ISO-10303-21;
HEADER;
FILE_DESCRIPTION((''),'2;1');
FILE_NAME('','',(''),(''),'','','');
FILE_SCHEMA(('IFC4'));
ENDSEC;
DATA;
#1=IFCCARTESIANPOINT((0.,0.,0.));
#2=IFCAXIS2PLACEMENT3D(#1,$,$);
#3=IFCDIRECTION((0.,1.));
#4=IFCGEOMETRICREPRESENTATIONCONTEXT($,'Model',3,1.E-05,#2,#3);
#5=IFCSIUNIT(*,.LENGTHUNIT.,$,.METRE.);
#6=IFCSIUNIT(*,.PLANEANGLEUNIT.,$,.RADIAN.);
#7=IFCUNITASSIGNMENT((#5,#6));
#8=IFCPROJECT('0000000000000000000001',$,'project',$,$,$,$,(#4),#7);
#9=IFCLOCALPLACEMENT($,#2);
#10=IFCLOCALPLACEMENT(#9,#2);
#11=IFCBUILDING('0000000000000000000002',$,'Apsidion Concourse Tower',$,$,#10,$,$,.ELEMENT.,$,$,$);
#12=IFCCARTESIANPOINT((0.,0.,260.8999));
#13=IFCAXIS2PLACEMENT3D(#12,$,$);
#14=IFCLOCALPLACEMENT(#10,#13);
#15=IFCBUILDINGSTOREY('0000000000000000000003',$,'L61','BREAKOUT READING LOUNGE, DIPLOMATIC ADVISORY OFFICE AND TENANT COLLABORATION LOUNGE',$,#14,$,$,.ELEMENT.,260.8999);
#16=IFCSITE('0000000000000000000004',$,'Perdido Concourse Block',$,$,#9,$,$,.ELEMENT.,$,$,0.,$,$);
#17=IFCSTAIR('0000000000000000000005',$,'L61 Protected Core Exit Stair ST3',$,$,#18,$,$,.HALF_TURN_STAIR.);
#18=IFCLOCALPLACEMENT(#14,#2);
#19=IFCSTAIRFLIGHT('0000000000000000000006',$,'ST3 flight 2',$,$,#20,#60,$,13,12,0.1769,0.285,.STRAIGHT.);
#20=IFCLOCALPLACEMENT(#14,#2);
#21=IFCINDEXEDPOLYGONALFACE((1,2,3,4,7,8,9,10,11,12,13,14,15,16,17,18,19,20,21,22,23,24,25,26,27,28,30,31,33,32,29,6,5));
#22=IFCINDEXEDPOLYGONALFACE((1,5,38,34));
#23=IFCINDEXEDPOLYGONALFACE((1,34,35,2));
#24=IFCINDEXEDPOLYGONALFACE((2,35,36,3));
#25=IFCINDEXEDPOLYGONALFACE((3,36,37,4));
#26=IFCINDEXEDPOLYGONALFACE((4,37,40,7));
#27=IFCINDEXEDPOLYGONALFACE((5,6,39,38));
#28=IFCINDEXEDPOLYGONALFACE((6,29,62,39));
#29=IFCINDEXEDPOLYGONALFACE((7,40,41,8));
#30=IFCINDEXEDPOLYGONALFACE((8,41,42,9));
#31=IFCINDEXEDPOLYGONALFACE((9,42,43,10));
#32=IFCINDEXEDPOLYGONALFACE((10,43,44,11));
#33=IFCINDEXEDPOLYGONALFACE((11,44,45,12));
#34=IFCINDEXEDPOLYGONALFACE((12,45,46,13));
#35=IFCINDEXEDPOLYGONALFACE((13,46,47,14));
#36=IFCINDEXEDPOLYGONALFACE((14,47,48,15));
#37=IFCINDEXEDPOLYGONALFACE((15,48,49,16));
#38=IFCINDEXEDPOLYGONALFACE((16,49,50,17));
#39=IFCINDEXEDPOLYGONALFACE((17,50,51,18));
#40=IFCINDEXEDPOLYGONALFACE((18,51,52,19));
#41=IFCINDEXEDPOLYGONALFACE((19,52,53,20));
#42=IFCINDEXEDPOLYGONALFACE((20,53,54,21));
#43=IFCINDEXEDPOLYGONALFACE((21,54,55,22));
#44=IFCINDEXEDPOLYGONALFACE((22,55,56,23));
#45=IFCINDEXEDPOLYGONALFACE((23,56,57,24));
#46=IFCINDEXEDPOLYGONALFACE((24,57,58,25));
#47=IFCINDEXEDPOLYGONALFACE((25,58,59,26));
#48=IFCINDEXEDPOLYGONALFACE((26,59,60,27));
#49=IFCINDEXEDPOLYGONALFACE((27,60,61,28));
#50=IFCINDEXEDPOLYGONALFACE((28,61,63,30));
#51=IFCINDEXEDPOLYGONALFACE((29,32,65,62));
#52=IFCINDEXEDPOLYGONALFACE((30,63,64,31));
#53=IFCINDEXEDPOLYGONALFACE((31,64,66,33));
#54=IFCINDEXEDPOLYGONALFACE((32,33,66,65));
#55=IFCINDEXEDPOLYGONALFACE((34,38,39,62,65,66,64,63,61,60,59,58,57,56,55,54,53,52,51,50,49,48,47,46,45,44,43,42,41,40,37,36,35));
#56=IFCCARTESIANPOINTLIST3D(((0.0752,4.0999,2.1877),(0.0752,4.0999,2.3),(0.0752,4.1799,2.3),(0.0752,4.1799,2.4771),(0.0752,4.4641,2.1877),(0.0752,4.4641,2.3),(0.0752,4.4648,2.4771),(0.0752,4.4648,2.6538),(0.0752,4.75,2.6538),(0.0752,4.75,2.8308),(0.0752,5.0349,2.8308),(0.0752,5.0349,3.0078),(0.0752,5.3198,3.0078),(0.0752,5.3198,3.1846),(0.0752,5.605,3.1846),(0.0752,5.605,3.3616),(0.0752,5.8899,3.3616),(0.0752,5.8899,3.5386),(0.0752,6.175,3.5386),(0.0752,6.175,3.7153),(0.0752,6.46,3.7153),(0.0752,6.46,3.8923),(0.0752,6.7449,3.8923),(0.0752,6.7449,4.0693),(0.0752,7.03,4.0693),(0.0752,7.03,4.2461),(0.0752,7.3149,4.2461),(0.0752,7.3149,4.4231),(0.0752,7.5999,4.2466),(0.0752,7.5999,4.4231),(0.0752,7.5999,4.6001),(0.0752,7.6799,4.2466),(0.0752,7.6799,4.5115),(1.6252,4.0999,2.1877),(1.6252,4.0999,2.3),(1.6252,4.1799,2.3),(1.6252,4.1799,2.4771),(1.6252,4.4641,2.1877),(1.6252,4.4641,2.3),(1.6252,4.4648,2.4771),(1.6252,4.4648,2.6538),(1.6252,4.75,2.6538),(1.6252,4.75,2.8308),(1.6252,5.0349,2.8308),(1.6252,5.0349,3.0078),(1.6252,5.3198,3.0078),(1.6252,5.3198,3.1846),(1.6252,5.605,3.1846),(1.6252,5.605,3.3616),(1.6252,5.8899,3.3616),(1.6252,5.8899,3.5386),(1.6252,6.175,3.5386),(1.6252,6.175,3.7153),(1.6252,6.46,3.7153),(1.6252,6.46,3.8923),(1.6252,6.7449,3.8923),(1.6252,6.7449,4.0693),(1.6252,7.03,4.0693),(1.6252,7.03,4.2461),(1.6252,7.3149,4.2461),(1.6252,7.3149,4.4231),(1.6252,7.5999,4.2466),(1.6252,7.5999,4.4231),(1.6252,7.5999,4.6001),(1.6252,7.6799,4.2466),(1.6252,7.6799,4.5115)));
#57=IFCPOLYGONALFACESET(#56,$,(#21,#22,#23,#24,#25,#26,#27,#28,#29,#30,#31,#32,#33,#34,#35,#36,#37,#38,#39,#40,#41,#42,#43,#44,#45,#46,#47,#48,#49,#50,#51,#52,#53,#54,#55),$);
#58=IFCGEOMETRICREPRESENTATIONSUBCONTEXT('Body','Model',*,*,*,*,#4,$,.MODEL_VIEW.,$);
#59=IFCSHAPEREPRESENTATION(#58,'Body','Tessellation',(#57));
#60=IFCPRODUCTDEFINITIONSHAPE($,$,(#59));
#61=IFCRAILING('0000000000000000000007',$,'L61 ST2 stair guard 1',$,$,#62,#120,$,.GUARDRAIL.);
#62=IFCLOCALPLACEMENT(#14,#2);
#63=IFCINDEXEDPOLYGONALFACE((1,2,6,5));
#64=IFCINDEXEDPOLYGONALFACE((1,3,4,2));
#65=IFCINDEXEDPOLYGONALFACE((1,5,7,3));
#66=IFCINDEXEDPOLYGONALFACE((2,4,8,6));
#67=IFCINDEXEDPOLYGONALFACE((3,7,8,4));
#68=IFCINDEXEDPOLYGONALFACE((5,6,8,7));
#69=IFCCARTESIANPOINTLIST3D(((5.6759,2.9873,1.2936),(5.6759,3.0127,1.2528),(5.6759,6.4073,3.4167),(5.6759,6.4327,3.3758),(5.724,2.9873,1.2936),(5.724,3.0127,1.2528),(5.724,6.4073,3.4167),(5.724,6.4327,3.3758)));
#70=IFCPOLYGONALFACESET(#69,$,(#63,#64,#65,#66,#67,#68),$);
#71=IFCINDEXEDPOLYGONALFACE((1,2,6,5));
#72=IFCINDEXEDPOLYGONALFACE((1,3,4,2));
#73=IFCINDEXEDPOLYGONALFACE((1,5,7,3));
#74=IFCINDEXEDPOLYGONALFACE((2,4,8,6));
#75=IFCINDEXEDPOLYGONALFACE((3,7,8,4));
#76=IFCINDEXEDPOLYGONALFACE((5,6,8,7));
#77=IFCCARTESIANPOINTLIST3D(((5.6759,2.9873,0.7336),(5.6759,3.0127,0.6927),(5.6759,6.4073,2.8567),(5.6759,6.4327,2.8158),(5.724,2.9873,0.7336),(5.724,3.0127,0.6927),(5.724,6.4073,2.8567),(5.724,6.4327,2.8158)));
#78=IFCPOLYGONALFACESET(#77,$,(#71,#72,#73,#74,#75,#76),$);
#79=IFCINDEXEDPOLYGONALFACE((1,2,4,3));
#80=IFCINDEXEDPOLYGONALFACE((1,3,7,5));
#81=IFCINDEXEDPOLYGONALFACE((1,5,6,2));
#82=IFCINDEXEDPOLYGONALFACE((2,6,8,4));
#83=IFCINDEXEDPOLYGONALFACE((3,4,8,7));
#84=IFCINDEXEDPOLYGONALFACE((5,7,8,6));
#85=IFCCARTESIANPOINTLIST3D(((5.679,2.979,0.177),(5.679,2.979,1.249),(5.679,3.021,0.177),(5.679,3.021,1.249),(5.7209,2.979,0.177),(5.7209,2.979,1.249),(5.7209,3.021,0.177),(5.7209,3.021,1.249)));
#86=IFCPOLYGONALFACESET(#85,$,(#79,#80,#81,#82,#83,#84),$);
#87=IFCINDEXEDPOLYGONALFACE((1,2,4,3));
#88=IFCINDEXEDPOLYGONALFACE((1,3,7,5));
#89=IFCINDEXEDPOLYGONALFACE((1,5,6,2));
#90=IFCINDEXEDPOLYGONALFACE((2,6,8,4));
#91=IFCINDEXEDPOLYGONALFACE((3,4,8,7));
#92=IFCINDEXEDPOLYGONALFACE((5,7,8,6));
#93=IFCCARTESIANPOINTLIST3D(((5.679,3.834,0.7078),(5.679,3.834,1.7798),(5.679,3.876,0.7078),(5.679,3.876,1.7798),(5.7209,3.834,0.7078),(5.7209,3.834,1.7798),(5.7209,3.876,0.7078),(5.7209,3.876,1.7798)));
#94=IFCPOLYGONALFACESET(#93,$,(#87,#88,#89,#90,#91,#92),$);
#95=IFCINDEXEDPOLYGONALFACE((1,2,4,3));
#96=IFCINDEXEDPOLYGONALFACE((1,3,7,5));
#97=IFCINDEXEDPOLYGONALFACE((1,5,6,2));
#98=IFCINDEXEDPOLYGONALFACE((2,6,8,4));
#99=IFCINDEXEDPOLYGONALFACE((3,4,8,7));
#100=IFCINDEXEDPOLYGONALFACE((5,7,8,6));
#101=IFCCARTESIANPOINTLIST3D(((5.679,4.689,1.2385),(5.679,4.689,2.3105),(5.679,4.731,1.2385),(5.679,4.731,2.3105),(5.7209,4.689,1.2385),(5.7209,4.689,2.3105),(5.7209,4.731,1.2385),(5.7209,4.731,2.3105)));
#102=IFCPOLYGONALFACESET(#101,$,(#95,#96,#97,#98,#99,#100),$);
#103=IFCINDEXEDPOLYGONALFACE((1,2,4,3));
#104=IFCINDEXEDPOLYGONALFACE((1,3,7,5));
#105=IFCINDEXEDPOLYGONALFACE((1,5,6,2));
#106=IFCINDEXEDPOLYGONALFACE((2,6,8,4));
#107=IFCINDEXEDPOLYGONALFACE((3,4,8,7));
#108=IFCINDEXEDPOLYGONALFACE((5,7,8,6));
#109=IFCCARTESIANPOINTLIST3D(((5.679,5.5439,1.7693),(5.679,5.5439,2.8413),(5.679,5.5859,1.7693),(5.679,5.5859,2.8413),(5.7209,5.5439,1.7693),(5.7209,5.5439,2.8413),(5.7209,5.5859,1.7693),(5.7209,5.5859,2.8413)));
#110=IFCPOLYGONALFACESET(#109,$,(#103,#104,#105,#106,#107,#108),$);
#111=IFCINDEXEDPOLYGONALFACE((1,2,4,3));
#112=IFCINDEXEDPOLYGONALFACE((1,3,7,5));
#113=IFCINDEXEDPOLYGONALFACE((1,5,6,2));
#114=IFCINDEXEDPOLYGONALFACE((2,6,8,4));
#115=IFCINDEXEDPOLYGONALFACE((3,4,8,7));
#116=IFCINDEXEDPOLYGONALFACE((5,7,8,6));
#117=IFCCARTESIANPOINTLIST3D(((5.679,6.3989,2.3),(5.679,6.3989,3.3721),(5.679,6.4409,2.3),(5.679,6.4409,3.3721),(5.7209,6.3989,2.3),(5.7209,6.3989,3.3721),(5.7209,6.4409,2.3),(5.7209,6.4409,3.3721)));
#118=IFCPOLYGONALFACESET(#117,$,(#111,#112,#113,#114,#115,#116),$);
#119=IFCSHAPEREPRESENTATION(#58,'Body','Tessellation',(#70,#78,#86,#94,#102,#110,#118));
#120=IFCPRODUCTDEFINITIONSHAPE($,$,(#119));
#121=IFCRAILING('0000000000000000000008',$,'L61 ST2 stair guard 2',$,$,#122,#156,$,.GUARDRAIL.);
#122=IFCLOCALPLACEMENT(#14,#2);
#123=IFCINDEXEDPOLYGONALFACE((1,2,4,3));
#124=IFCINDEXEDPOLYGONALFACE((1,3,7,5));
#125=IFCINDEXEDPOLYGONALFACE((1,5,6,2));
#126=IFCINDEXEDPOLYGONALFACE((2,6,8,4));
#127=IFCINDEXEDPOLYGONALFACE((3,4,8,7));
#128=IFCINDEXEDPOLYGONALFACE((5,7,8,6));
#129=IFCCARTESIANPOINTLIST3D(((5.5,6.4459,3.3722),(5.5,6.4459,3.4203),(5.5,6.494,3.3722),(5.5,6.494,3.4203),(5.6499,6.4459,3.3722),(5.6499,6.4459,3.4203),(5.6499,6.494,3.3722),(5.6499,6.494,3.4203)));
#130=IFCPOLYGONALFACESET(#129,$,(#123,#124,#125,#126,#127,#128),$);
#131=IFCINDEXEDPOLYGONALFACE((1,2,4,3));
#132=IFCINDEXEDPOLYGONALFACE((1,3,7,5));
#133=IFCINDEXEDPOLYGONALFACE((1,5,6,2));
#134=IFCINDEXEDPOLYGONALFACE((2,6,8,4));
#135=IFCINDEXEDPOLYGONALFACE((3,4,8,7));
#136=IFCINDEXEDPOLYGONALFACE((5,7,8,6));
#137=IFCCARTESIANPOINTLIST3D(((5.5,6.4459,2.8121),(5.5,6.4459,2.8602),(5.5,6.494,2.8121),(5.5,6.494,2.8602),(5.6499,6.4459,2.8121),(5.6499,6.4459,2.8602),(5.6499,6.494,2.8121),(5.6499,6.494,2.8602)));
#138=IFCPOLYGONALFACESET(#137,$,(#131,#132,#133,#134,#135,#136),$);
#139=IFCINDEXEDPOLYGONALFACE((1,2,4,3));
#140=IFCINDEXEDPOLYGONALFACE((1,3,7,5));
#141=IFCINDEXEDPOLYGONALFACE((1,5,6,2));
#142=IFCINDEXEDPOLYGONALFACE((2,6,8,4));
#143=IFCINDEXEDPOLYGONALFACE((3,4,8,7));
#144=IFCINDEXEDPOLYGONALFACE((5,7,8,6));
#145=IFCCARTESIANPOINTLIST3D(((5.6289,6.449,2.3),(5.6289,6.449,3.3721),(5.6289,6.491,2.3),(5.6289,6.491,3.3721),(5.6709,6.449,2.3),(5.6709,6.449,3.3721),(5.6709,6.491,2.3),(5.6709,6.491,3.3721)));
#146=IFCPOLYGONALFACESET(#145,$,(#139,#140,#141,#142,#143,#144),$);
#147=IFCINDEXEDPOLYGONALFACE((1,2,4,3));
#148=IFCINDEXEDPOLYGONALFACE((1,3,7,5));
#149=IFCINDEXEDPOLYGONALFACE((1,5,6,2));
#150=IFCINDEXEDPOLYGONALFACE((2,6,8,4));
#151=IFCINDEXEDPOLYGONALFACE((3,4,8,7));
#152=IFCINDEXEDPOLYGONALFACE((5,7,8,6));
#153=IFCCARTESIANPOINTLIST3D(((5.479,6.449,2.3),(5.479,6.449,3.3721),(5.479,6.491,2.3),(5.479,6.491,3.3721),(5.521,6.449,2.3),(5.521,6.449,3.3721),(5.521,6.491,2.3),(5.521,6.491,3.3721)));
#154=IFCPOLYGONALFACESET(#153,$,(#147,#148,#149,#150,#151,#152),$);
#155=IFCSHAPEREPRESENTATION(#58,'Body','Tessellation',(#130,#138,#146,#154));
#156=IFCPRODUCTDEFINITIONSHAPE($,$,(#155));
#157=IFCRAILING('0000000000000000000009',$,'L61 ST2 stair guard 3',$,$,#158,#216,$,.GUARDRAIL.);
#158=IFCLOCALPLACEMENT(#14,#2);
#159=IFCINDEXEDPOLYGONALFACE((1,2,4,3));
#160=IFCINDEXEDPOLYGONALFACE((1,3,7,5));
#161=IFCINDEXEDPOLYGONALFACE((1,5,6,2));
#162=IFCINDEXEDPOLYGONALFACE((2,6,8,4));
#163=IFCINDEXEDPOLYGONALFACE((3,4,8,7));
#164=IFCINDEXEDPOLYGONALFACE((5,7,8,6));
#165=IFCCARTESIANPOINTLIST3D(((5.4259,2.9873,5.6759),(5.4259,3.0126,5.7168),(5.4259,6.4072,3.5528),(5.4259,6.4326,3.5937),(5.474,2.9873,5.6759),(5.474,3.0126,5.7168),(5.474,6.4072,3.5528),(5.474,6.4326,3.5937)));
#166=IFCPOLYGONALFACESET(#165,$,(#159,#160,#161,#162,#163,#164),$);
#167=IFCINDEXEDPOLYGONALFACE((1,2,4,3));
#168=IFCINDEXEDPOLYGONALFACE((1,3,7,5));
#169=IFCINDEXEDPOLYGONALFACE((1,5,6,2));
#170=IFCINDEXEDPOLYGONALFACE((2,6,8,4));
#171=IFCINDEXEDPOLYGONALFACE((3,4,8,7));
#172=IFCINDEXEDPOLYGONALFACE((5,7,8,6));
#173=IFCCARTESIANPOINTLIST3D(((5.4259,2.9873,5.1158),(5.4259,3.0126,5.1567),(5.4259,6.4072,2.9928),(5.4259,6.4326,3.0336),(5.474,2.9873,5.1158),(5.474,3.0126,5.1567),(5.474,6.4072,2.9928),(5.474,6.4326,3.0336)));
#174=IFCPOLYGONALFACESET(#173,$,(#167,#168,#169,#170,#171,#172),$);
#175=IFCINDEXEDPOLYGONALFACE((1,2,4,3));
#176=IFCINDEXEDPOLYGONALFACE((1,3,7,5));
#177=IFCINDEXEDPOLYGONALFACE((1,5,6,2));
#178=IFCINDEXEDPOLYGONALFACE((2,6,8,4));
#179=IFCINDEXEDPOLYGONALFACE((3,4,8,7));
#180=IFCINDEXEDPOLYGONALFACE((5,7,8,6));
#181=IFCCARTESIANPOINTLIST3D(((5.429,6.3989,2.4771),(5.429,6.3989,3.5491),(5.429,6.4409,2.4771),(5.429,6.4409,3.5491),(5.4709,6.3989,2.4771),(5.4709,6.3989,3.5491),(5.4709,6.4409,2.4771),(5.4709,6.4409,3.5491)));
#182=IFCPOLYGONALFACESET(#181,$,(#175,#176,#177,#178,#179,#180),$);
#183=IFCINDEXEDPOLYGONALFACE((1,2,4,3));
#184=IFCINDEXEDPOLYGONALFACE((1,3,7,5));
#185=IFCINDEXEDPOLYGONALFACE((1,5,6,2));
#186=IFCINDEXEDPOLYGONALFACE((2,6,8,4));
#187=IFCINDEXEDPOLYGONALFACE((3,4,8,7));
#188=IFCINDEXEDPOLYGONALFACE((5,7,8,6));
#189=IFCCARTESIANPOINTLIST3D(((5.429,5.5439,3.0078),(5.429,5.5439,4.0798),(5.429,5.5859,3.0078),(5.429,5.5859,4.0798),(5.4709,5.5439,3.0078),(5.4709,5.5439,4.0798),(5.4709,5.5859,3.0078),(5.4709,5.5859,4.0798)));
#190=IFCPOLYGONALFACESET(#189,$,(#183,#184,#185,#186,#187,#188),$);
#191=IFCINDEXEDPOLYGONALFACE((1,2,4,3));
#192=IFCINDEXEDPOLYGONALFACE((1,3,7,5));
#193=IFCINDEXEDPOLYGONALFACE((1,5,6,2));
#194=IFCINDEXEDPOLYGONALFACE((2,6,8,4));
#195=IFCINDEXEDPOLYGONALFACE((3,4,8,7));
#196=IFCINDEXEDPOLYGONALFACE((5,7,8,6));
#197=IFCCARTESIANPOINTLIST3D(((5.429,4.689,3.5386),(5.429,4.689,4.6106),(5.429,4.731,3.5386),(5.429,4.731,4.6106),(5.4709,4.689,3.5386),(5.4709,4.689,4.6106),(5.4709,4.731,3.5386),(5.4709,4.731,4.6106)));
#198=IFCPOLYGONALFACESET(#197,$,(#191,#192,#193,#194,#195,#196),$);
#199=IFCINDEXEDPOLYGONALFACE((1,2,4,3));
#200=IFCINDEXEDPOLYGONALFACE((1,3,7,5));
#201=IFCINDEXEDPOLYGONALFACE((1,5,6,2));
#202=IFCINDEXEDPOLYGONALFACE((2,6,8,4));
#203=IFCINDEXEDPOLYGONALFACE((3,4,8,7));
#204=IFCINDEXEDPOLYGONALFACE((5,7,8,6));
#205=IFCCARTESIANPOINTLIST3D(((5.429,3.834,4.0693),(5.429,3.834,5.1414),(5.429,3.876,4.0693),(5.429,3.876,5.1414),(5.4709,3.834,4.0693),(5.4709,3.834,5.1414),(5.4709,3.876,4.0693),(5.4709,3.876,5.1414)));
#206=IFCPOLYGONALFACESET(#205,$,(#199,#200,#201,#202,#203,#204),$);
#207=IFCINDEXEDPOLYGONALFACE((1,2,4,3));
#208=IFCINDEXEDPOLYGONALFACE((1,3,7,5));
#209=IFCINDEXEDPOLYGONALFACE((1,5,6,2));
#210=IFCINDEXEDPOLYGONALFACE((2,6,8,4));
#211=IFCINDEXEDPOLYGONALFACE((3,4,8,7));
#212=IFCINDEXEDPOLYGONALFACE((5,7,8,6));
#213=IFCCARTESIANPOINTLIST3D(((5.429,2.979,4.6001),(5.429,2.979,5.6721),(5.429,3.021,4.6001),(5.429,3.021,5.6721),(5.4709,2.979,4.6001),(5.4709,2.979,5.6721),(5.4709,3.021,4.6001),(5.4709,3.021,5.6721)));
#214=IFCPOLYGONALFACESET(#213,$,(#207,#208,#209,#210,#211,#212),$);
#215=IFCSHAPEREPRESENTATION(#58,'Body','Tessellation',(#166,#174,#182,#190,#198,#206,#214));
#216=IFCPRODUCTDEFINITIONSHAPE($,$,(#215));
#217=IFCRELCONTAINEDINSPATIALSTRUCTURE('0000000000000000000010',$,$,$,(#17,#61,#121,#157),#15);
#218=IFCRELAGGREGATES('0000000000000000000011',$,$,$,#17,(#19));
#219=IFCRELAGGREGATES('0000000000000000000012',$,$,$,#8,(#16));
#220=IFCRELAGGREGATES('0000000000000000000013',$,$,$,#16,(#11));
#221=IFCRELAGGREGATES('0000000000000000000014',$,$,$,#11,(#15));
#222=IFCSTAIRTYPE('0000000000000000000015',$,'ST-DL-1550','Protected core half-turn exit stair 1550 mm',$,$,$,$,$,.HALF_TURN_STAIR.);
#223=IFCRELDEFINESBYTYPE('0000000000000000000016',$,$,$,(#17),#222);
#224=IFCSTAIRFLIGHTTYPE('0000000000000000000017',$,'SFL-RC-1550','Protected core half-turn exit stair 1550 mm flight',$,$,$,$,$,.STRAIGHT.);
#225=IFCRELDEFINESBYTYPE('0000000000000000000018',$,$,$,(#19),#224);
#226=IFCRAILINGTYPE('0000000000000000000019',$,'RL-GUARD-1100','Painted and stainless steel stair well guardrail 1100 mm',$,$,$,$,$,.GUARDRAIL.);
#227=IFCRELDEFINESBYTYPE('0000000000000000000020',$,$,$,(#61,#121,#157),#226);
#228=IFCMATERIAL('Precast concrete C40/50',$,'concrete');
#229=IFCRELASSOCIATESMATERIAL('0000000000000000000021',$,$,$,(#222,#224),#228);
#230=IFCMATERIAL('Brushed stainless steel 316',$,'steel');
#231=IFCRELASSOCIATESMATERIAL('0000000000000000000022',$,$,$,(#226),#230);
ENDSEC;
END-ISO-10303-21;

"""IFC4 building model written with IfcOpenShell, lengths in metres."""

from ifc_helpers import new_model, si_unit, direction, frame, origin, origin_2d, place, context, subcontext, project, spatial, polyline, rectangle, outline, extrude, material, type_object, element, aggregate, save


model = new_model("IFC4")

# Units and contexts
model_context = context("Model", 3, precision=1e-05, world=origin(), true_north=direction((0.0, 1.0)))
body_context = subcontext(model_context, "Body", "Model", "MODEL_VIEW")
ifc_project = project(units=[si_unit("LENGTHUNIT", "METRE"), si_unit("PLANEANGLEUNIT", "RADIAN")], contexts=[model_context])

# Site, building, storey
site_placement = place(None, origin())
site = spatial("IfcSite", under=ifc_project, at=site_placement, Name="Perdido Concourse Block", CompositionType="ELEMENT", RefElevation=0.0)
building_placement = place(site_placement, origin())
building = spatial("IfcBuilding", under=site, at=building_placement, Name="Apsidion Concourse Tower", CompositionType="ELEMENT")
storey_placement = place(building_placement, frame((0.0, 0.0, 260.8999)))
storey = spatial("IfcBuildingStorey", under=building, at=storey_placement, Name="L61", Description="BREAKOUT READING LOUNGE, DIPLOMATIC ADVISORY OFFICE AND TENANT COLLABORATION LOUNGE", CompositionType="ELEMENT", Elevation=260.8999)

# Stair, stair flight
ifc_material_1 = material(Name="Precast concrete C40/50", Category="concrete")
stair_type = type_object("IfcStairType", Name="ST-DL-1550", Description="Protected core half-turn exit stair 1550 mm", PredefinedType="HALF_TURN_STAIR", material=ifc_material_1)
stair_flight_type = type_object("IfcStairFlightType", Name="SFL-RC-1550", Description="Protected core half-turn exit stair 1550 mm flight", PredefinedType="STRAIGHT", material=ifc_material_1)
stair_1_placement = place(storey_placement, origin())
stair_1 = element("IfcStair", 1, at=stair_1_placement, inside=storey, type_object=stair_type, Name="L61 Protected Core Exit Stair ST3", PredefinedType="HALF_TURN_STAIR")
stair_flight_1_placement = place(storey_placement, frame((0.8501, 4.1799, 2.3), z_axis=(0.0, 0.0, 1.0), x_axis=(0.0, 1.0, 0.0)))
stair_flight_1 = element("IfcStairFlight", 2, at=stair_flight_1_placement, type_object=stair_flight_type, Name="ST3 flight 2", NumberOfRisers=13, NumberOfTreads=12, PredefinedType="STRAIGHT", RiserHeight=0.1769, TreadLength=0.285, context=body_context, shape_type="SweptSolid", body=[
    extrude(outline(polyline([(-0.0801, -0.1123), (-0.0801, 0.0), (0.0, 0.0), (0.0, 0.177), (0.2849, 0.177), (0.2849, 0.3538), (0.5701, 0.3538), (0.5701, 0.5308), (0.855, 0.5308), (0.855, 0.7078), (1.1399, 0.7078), (1.1399, 0.8845), (1.425, 0.8845), (1.425, 1.0615), (1.71, 1.0615), (1.71, 1.2385), (1.9951, 1.2385), (1.9951, 1.4153), (2.28, 1.4153), (2.28, 1.5923), (2.5649, 1.5923), (2.5649, 1.7693), (2.8501, 1.7693), (2.8501, 1.946), (3.135, 1.946), (3.135, 2.123), (3.4199, 2.123), (3.4199, 2.3), (3.5, 2.2114), (3.5, 1.9465), (3.4199, 1.9465), (0.2842, 0.0), (0.2842, -0.1123), (-0.0801, -0.1123)])), frame((0.0, 0.7749, 0.0), z_axis=(0.0, -1.0, 0.0), x_axis=(1.0, 0.0, 0.0)), (0.0, 0.0, 1.0), 1.55),
])
aggregate(stair_1, [stair_flight_1])

# Railings
ifc_material_2 = material(Name="Brushed stainless steel 316", Category="steel")
railing_type_1 = type_object("IfcRailingType", Name="RL-GUARD-1100", Description="Painted and stainless steel stair well guardrail 1100 mm", PredefinedType="GUARDRAIL", material=ifc_material_2)
railing_1_placement = place(storey_placement, frame((5.7, 3.0, 0.177)))
element("IfcRailing", 3, at=railing_1_placement, inside=storey, type_object=railing_type_1, Name="L61 ST2 stair guard 1", PredefinedType="GUARDRAIL", context=body_context, shape_type="SweptSolid", body=[
    extrude(rectangle(XDim=0.0481, YDim=0.0481, at=origin_2d()), frame((0.0, 0.0, 1.0962), z_axis=(0.0, 0.849603, 0.527423), x_axis=(-1.0, 0.0, 0.0)), (0.0, 0.0, 1.0), 4.0254),
    extrude(rectangle(XDim=0.0481, YDim=0.0481, at=origin_2d()), frame((0.0, 0.0, 0.5361), z_axis=(0.0, 0.849603, 0.527423), x_axis=(-1.0, 0.0, 0.0)), (0.0, 0.0, 1.0), 4.0254),
    extrude(rectangle(XDim=0.042, YDim=0.042, at=origin_2d()), origin(), (0.0, 0.0, 1.0), 1.072),
    extrude(rectangle(XDim=0.042, YDim=0.042, at=origin_2d()), frame((0.0, 0.855, 0.5308)), (0.0, 0.0, 1.0), 1.072),
    extrude(rectangle(XDim=0.042, YDim=0.042, at=origin_2d()), frame((0.0, 1.71, 1.0615)), (0.0, 0.0, 1.0), 1.072),
    extrude(rectangle(XDim=0.042, YDim=0.042, at=origin_2d()), frame((0.0, 2.5649, 1.5923)), (0.0, 0.0, 1.0), 1.072),
    extrude(rectangle(XDim=0.042, YDim=0.042, at=origin_2d()), frame((0.0, 3.4199, 2.123)), (0.0, 0.0, 1.0), 1.072),
])
railing_2_placement = place(storey_placement, frame((5.6499, 6.47, 2.3)))
element("IfcRailing", 4, at=railing_2_placement, inside=storey, type_object=railing_type_1, Name="L61 ST2 stair guard 2", PredefinedType="GUARDRAIL", context=body_context, shape_type="SweptSolid", body=[
    extrude(rectangle(XDim=0.0481, YDim=0.0481, at=origin_2d()), frame((0.0, 0.0, 1.0962), z_axis=(-1.0, 0.0, 0.0), x_axis=(0.0, -1.0, 0.0)), (0.0, 0.0, 1.0), 0.1499),
    extrude(rectangle(XDim=0.0481, YDim=0.0481, at=origin_2d()), frame((0.0, 0.0, 0.5361), z_axis=(-1.0, 0.0, 0.0), x_axis=(0.0, -1.0, 0.0)), (0.0, 0.0, 1.0), 0.1499),
    extrude(rectangle(XDim=0.042, YDim=0.042, at=origin_2d()), origin(), (0.0, 0.0, 1.0), 1.072),
    extrude(rectangle(XDim=0.042, YDim=0.042, at=origin_2d()), frame((-0.1499, 0.0, 0.0)), (0.0, 0.0, 1.0), 1.072),
])
railing_3_placement = place(storey_placement, frame((5.45, 6.4199, 2.4771)))
element("IfcRailing", 5, at=railing_3_placement, inside=storey, type_object=railing_type_1, Name="L61 ST2 stair guard 3", PredefinedType="GUARDRAIL", context=body_context, shape_type="SweptSolid", body=[
    extrude(rectangle(XDim=0.0481, YDim=0.0481, at=origin_2d()), frame((0.0, 0.0, 1.0962), z_axis=(0.0, -0.849603, 0.527423), x_axis=(1.0, 0.0, 0.0)), (0.0, 0.0, 1.0), 4.0254),
    extrude(rectangle(XDim=0.0481, YDim=0.0481, at=origin_2d()), frame((0.0, 0.0, 0.5361), z_axis=(0.0, -0.849603, 0.527423), x_axis=(1.0, 0.0, 0.0)), (0.0, 0.0, 1.0), 4.0254),
    extrude(rectangle(XDim=0.042, YDim=0.042, at=origin_2d()), origin(), (0.0, 0.0, 1.0), 1.072),
    extrude(rectangle(XDim=0.042, YDim=0.042, at=origin_2d()), frame((0.0, -0.855, 0.5308)), (0.0, 0.0, 1.0), 1.072),
    extrude(rectangle(XDim=0.042, YDim=0.042, at=origin_2d()), frame((0.0, -1.71, 1.0615)), (0.0, 0.0, 1.0), 1.072),
    extrude(rectangle(XDim=0.042, YDim=0.042, at=origin_2d()), frame((0.0, -2.5649, 1.5923)), (0.0, 0.0, 1.0), 1.072),
    extrude(rectangle(XDim=0.042, YDim=0.042, at=origin_2d()), frame((0.0, -3.4199, 2.123)), (0.0, 0.0, 1.0), 1.072),
])

save(model, "model.ifc")
